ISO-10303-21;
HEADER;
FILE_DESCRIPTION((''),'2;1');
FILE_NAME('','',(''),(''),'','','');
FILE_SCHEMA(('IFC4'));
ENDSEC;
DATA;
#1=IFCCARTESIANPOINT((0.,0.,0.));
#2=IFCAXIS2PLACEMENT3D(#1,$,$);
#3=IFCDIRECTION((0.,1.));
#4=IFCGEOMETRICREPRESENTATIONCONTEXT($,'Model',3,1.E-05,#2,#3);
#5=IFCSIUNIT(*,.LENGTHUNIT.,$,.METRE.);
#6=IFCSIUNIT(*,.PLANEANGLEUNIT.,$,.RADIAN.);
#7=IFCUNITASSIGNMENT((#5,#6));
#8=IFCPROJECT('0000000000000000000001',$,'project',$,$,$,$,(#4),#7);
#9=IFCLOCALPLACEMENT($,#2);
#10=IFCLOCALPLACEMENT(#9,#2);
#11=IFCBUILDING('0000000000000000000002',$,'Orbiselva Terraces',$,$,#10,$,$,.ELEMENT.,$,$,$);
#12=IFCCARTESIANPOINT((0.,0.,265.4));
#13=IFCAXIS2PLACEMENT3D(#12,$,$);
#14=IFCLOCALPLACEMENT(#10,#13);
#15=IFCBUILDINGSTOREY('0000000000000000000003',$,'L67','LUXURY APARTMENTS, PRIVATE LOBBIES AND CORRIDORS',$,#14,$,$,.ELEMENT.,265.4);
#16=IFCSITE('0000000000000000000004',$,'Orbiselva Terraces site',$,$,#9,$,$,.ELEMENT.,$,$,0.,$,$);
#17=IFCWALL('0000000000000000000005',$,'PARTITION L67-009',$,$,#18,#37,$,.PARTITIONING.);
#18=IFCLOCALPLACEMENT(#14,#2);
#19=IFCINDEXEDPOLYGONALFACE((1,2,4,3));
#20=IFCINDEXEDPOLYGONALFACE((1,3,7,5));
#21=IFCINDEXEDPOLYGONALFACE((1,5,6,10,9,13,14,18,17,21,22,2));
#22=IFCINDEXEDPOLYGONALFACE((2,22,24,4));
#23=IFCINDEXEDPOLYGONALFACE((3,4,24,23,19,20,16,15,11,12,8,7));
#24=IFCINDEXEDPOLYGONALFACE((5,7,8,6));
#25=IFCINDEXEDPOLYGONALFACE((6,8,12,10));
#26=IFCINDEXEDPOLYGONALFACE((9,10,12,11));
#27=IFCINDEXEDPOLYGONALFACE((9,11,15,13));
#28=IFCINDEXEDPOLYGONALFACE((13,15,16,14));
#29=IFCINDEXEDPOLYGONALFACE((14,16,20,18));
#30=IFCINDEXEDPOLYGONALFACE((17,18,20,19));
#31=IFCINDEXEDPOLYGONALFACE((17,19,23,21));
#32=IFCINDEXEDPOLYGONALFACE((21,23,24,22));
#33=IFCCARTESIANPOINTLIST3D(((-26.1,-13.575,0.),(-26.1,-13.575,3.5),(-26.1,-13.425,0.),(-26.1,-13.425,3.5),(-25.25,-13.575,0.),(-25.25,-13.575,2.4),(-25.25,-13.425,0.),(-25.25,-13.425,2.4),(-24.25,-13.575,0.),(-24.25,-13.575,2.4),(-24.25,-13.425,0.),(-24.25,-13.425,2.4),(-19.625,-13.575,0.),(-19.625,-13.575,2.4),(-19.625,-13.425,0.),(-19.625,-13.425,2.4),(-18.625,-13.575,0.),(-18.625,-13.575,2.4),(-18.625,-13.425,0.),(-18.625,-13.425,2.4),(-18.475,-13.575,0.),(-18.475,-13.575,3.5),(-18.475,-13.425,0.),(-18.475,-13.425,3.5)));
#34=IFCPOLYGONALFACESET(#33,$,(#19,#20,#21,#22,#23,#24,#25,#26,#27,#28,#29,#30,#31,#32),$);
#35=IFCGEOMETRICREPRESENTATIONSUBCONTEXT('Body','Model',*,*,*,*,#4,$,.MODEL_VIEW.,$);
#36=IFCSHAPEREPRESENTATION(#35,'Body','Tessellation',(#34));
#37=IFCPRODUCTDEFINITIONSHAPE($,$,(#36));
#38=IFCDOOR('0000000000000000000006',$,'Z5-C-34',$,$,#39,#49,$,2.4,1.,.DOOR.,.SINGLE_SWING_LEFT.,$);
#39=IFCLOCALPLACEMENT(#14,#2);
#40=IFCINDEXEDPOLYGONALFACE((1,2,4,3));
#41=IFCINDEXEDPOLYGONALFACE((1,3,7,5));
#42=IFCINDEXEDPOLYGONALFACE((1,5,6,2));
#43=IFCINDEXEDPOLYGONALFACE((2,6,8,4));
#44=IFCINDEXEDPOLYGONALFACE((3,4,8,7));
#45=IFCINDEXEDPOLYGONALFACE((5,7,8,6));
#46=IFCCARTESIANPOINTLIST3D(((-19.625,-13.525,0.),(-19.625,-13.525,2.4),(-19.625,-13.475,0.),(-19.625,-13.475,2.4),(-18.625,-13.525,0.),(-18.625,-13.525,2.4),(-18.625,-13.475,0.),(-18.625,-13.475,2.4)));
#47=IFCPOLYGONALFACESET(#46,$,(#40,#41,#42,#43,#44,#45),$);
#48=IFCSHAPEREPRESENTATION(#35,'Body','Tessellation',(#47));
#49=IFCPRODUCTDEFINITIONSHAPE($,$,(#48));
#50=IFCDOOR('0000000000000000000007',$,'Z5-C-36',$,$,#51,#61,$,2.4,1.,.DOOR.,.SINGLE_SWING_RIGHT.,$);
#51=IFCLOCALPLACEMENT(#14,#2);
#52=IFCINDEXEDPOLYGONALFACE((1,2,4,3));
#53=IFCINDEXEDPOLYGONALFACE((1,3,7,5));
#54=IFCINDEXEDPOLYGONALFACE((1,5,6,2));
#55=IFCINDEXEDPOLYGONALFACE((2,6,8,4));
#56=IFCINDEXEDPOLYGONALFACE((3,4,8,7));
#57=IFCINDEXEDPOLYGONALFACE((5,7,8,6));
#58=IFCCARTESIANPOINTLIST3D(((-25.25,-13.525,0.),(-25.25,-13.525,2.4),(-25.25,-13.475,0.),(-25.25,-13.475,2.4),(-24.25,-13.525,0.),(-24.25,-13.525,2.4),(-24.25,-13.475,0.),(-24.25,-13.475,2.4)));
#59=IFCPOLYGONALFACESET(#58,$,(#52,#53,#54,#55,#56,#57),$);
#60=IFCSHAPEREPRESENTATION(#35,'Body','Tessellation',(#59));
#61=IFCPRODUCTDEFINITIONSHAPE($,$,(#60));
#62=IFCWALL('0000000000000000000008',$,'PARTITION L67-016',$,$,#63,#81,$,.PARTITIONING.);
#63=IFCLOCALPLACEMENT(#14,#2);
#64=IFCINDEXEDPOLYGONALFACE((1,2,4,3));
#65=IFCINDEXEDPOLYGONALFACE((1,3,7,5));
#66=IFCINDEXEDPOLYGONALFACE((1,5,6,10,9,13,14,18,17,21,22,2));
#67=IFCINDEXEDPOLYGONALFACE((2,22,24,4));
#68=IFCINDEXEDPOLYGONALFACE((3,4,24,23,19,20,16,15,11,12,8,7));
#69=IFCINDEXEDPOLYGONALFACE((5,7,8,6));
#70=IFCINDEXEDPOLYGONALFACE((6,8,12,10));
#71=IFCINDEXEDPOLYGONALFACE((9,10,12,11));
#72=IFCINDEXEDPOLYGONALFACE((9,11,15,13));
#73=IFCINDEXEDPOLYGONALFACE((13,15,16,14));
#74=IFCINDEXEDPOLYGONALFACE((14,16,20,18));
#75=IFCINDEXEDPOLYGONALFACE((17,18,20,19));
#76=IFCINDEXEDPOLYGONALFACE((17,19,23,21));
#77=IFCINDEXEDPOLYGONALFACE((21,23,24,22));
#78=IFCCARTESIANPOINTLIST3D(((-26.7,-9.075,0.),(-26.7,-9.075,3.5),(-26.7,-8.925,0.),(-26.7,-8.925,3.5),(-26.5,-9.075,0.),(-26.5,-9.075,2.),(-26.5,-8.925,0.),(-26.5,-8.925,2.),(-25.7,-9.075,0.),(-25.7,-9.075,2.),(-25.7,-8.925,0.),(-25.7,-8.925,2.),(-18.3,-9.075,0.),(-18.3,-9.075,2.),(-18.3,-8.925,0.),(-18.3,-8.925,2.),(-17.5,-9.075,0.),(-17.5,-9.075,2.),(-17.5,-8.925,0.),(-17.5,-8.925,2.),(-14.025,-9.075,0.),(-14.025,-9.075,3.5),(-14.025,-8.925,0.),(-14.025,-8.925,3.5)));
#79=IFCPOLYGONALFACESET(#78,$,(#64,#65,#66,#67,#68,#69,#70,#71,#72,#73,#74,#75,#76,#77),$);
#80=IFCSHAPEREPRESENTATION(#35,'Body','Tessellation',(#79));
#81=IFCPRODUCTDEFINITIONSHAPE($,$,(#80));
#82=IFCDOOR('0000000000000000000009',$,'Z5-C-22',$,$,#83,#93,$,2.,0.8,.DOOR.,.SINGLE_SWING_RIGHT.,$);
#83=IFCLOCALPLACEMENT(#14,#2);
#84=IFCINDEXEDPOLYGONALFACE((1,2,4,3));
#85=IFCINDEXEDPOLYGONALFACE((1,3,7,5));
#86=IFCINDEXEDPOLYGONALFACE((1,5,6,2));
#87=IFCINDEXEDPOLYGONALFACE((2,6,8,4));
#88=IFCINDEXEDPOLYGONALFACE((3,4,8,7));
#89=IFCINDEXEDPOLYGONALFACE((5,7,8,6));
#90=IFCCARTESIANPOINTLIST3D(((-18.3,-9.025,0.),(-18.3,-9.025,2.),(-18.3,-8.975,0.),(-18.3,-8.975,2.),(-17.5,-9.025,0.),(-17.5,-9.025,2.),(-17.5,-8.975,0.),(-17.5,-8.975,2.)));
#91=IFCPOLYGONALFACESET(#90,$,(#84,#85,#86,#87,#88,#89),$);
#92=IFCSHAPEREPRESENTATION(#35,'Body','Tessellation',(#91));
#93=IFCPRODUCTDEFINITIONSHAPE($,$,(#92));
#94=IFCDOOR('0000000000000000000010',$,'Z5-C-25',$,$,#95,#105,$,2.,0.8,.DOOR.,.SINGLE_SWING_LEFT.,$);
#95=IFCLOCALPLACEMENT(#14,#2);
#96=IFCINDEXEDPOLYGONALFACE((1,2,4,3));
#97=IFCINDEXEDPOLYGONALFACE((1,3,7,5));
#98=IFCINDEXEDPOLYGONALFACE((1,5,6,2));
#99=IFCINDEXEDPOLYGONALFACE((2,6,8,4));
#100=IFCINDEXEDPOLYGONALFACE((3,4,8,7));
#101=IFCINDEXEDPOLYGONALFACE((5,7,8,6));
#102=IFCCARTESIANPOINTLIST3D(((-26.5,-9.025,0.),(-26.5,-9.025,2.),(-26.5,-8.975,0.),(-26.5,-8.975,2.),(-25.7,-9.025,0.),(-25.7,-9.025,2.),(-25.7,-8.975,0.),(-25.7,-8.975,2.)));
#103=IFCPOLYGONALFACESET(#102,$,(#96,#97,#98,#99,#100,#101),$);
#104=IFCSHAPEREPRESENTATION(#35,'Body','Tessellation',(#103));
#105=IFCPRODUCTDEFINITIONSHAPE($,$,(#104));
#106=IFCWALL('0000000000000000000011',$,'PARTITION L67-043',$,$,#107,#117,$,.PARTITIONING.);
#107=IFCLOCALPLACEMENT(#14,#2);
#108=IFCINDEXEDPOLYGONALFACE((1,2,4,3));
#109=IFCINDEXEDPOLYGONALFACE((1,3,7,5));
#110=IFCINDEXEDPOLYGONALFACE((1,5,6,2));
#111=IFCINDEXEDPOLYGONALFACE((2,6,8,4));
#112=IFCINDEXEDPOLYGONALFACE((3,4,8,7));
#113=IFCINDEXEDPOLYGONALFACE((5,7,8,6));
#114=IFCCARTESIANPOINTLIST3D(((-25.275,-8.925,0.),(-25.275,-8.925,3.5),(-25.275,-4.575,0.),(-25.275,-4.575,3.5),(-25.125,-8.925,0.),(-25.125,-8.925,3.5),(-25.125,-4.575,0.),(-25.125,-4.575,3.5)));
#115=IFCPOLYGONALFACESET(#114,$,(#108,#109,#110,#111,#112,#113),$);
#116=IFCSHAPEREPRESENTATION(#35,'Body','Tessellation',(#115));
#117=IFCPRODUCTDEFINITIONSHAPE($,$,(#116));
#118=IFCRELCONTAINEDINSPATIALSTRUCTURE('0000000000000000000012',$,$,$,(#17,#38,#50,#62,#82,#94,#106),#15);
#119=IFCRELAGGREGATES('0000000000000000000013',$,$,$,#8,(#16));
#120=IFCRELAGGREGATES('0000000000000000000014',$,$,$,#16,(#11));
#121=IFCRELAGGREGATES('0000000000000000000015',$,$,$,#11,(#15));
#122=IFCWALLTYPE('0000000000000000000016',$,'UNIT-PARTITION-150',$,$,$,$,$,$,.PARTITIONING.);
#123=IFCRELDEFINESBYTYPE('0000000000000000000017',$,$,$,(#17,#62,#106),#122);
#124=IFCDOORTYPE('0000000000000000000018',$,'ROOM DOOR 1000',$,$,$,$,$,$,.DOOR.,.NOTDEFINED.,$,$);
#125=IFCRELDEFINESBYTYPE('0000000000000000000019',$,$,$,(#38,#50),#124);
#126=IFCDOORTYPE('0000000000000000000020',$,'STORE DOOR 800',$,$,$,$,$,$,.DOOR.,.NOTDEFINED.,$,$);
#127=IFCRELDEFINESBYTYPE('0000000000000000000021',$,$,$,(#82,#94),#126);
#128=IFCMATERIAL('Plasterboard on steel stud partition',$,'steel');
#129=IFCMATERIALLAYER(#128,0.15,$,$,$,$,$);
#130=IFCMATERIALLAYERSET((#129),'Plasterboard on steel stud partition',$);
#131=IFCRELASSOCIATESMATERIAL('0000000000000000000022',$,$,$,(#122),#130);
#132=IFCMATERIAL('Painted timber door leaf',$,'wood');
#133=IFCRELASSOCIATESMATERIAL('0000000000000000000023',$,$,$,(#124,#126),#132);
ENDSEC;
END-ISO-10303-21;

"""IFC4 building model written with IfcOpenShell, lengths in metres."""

from ifc_helpers import new_model, si_unit, direction, frame, frame_2d, origin, place, context, subcontext, project, spatial, rectangle, extrude, material, layer, layer_set, type_object, element, fill, save


model = new_model("IFC4")

# Units and contexts
model_context = context("Model", 3, precision=1e-05, world=origin(), true_north=direction((0.0, 1.0)))
body_context = subcontext(model_context, "Body", "Model", "MODEL_VIEW")
ifc_project = project(units=[si_unit("LENGTHUNIT", "METRE"), si_unit("PLANEANGLEUNIT", "RADIAN")], contexts=[model_context])

# Site, building, storey
site_placement = place(None, origin())
site = spatial("IfcSite", under=ifc_project, at=site_placement, Name="Orbiselva Terraces site", CompositionType="ELEMENT", RefElevation=0.0)
building_placement = place(site_placement, origin())
building = spatial("IfcBuilding", under=site, at=building_placement, Name="Orbiselva Terraces", CompositionType="ELEMENT")
storey_placement = place(building_placement, frame((0.0, 0.0, 265.4)))
storey = spatial("IfcBuildingStorey", under=building, at=storey_placement, Name="L67", Description="LUXURY APARTMENTS, PRIVATE LOBBIES AND CORRIDORS", CompositionType="ELEMENT", Elevation=265.4)

# Shared definitions
ifc_material_1 = material(Name="Plasterboard on steel stud partition", Category="steel")
ifc_layer_1 = layer(ifc_material_1, 0.15)
ifc_layer_set_1 = layer_set([ifc_layer_1], Name="Plasterboard on steel stud partition")
wall_type_1 = type_object("IfcWallType", Name="UNIT-PARTITION-150", PredefinedType="PARTITIONING", material=ifc_layer_set_1)
ifc_material_2 = material(Name="Painted timber door leaf", Category="wood")

# Walls, openings, doors
wall_1_placement = place(storey_placement, frame((-18.475, -13.5, 0.0), z_axis=(0.0, 0.0, 1.0), x_axis=(-1.0, 0.0, 0.0)))
wall_1 = element("IfcWall", 1, at=wall_1_placement, inside=storey, type_object=wall_type_1, Name="PARTITION L67-009", PredefinedType="PARTITIONING", context=body_context, shape_type="SweptSolid", body=[
    extrude(rectangle(XDim=7.625, YDim=0.15, at=frame_2d((3.8125, 0.0))), origin(), (0.0, 0.0, 1.0), 3.5),
])
opening_1_placement = place(wall_1_placement, frame((0.15, 0.0, 0.0)))
opening_1 = element("IfcOpeningElement", 2, at=opening_1_placement, cuts=wall_1, PredefinedType="OPENING", context=body_context, shape_type="SweptSolid", body=[
    extrude(rectangle(XDim=1.0, YDim=2.4, at=frame_2d((0.5, 1.2))), frame((0.0, 0.085, 0.0), z_axis=(0.0, -1.0, 0.0), x_axis=(1.0, 0.0, 0.0)), (0.0, 0.0, 1.0), 0.17),
])
opening_2_placement = place(wall_1_placement, frame((5.775, 0.0, 0.0)))
opening_2 = element("IfcOpeningElement", 3, at=opening_2_placement, cuts=wall_1, PredefinedType="OPENING", context=body_context, shape_type="SweptSolid", body=[
    extrude(rectangle(XDim=1.0, YDim=2.4, at=frame_2d((0.5, 1.2))), frame((0.0, 0.085, 0.0), z_axis=(0.0, -1.0, 0.0), x_axis=(1.0, 0.0, 0.0)), (0.0, 0.0, 1.0), 0.17),
])
door_type_1 = type_object("IfcDoorType", Name="ROOM DOOR 1000", OperationType="NOTDEFINED", PredefinedType="DOOR", material=ifc_material_2)
door_1_placement = place(opening_1_placement, origin())
door_1 = element("IfcDoor", 4, at=door_1_placement, inside=storey, type_object=door_type_1, Name="Z5-C-34", OperationType="SINGLE_SWING_LEFT", OverallHeight=2.4, OverallWidth=1.0, PredefinedType="DOOR", context=body_context, shape_type="SweptSolid", body=[
    extrude(rectangle(XDim=1.0, YDim=2.4, at=frame_2d((0.5, 1.2))), frame((0.0, 0.025, 0.0), z_axis=(0.0, -1.0, 0.0), x_axis=(1.0, 0.0, 0.0)), (0.0, 0.0, 1.0), 0.05),
])
fill(opening_1, door_1)
door_2_placement = place(opening_2_placement, origin())
door_2 = element("IfcDoor", 5, at=door_2_placement, inside=storey, type_object=door_type_1, Name="Z5-C-36", OperationType="SINGLE_SWING_RIGHT", OverallHeight=2.4, OverallWidth=1.0, PredefinedType="DOOR", context=body_context, shape_type="SweptSolid", body=[
    extrude(rectangle(XDim=1.0, YDim=2.4, at=frame_2d((0.5, 1.2))), frame((0.0, 0.025, 0.0), z_axis=(0.0, -1.0, 0.0), x_axis=(1.0, 0.0, 0.0)), (0.0, 0.0, 1.0), 0.05),
])
fill(opening_2, door_2)
wall_2_placement = place(storey_placement, frame((-26.7, -9.0, 0.0), z_axis=(0.0, 0.0, 1.0), x_axis=(1.0, 0.0, 0.0)))
wall_2 = element("IfcWall", 6, at=wall_2_placement, inside=storey, type_object=wall_type_1, Name="PARTITION L67-016", PredefinedType="PARTITIONING", context=body_context, shape_type="SweptSolid", body=[
    extrude(rectangle(XDim=12.675, YDim=0.15, at=frame_2d((6.3375, 0.0))), origin(), (0.0, 0.0, 1.0), 3.5),
])
opening_3_placement = place(wall_2_placement, frame((8.4, 0.0, 0.0)))
opening_3 = element("IfcOpeningElement", 7, at=opening_3_placement, cuts=wall_2, PredefinedType="OPENING", context=body_context, shape_type="SweptSolid", body=[
    extrude(rectangle(XDim=0.8, YDim=2.0, at=frame_2d((0.4, 1.0))), frame((0.0, 0.085, 0.0), z_axis=(0.0, -1.0, 0.0), x_axis=(1.0, 0.0, 0.0)), (0.0, 0.0, 1.0), 0.17),
])
opening_4_placement = place(wall_2_placement, frame((0.2, 0.0, 0.0)))
opening_4 = element("IfcOpeningElement", 8, at=opening_4_placement, cuts=wall_2, PredefinedType="OPENING", context=body_context, shape_type="SweptSolid", body=[
    extrude(rectangle(XDim=0.8, YDim=2.0, at=frame_2d((0.4, 1.0))), frame((0.0, 0.085, 0.0), z_axis=(0.0, -1.0, 0.0), x_axis=(1.0, 0.0, 0.0)), (0.0, 0.0, 1.0), 0.17),
])
door_type_2 = type_object("IfcDoorType", Name="STORE DOOR 800", OperationType="NOTDEFINED", PredefinedType="DOOR", material=ifc_material_2)
door_3_placement = place(opening_3_placement, origin())
door_3 = element("IfcDoor", 9, at=door_3_placement, inside=storey, type_object=door_type_2, Name="Z5-C-22", OperationType="SINGLE_SWING_RIGHT", OverallHeight=2.0, OverallWidth=0.8, PredefinedType="DOOR", context=body_context, shape_type="SweptSolid", body=[
    extrude(rectangle(XDim=0.8, YDim=2.0, at=frame_2d((0.4, 1.0))), frame((0.0, 0.025, 0.0), z_axis=(0.0, -1.0, 0.0), x_axis=(1.0, 0.0, 0.0)), (0.0, 0.0, 1.0), 0.05),
])
fill(opening_3, door_3)
door_4_placement = place(opening_4_placement, origin())
door_4 = element("IfcDoor", 10, at=door_4_placement, inside=storey, type_object=door_type_2, Name="Z5-C-25", OperationType="SINGLE_SWING_LEFT", OverallHeight=2.0, OverallWidth=0.8, PredefinedType="DOOR", context=body_context, shape_type="SweptSolid", body=[
    extrude(rectangle(XDim=0.8, YDim=2.0, at=frame_2d((0.4, 1.0))), frame((0.0, 0.025, 0.0), z_axis=(0.0, -1.0, 0.0), x_axis=(1.0, 0.0, 0.0)), (0.0, 0.0, 1.0), 0.05),
])
fill(opening_4, door_4)

# Wall
wall_3_placement = place(storey_placement, frame((-25.2, -8.925, 0.0), z_axis=(0.0, 0.0, 1.0), x_axis=(0.0, 1.0, 0.0)))
element("IfcWall", 11, at=wall_3_placement, inside=storey, type_object=wall_type_1, Name="PARTITION L67-043", PredefinedType="PARTITIONING", context=body_context, shape_type="SweptSolid", body=[
    extrude(rectangle(XDim=4.35, YDim=0.15, at=frame_2d((2.175, 0.0))), origin(), (0.0, 0.0, 1.0), 3.5),
])

save(model, "model.ifc")
